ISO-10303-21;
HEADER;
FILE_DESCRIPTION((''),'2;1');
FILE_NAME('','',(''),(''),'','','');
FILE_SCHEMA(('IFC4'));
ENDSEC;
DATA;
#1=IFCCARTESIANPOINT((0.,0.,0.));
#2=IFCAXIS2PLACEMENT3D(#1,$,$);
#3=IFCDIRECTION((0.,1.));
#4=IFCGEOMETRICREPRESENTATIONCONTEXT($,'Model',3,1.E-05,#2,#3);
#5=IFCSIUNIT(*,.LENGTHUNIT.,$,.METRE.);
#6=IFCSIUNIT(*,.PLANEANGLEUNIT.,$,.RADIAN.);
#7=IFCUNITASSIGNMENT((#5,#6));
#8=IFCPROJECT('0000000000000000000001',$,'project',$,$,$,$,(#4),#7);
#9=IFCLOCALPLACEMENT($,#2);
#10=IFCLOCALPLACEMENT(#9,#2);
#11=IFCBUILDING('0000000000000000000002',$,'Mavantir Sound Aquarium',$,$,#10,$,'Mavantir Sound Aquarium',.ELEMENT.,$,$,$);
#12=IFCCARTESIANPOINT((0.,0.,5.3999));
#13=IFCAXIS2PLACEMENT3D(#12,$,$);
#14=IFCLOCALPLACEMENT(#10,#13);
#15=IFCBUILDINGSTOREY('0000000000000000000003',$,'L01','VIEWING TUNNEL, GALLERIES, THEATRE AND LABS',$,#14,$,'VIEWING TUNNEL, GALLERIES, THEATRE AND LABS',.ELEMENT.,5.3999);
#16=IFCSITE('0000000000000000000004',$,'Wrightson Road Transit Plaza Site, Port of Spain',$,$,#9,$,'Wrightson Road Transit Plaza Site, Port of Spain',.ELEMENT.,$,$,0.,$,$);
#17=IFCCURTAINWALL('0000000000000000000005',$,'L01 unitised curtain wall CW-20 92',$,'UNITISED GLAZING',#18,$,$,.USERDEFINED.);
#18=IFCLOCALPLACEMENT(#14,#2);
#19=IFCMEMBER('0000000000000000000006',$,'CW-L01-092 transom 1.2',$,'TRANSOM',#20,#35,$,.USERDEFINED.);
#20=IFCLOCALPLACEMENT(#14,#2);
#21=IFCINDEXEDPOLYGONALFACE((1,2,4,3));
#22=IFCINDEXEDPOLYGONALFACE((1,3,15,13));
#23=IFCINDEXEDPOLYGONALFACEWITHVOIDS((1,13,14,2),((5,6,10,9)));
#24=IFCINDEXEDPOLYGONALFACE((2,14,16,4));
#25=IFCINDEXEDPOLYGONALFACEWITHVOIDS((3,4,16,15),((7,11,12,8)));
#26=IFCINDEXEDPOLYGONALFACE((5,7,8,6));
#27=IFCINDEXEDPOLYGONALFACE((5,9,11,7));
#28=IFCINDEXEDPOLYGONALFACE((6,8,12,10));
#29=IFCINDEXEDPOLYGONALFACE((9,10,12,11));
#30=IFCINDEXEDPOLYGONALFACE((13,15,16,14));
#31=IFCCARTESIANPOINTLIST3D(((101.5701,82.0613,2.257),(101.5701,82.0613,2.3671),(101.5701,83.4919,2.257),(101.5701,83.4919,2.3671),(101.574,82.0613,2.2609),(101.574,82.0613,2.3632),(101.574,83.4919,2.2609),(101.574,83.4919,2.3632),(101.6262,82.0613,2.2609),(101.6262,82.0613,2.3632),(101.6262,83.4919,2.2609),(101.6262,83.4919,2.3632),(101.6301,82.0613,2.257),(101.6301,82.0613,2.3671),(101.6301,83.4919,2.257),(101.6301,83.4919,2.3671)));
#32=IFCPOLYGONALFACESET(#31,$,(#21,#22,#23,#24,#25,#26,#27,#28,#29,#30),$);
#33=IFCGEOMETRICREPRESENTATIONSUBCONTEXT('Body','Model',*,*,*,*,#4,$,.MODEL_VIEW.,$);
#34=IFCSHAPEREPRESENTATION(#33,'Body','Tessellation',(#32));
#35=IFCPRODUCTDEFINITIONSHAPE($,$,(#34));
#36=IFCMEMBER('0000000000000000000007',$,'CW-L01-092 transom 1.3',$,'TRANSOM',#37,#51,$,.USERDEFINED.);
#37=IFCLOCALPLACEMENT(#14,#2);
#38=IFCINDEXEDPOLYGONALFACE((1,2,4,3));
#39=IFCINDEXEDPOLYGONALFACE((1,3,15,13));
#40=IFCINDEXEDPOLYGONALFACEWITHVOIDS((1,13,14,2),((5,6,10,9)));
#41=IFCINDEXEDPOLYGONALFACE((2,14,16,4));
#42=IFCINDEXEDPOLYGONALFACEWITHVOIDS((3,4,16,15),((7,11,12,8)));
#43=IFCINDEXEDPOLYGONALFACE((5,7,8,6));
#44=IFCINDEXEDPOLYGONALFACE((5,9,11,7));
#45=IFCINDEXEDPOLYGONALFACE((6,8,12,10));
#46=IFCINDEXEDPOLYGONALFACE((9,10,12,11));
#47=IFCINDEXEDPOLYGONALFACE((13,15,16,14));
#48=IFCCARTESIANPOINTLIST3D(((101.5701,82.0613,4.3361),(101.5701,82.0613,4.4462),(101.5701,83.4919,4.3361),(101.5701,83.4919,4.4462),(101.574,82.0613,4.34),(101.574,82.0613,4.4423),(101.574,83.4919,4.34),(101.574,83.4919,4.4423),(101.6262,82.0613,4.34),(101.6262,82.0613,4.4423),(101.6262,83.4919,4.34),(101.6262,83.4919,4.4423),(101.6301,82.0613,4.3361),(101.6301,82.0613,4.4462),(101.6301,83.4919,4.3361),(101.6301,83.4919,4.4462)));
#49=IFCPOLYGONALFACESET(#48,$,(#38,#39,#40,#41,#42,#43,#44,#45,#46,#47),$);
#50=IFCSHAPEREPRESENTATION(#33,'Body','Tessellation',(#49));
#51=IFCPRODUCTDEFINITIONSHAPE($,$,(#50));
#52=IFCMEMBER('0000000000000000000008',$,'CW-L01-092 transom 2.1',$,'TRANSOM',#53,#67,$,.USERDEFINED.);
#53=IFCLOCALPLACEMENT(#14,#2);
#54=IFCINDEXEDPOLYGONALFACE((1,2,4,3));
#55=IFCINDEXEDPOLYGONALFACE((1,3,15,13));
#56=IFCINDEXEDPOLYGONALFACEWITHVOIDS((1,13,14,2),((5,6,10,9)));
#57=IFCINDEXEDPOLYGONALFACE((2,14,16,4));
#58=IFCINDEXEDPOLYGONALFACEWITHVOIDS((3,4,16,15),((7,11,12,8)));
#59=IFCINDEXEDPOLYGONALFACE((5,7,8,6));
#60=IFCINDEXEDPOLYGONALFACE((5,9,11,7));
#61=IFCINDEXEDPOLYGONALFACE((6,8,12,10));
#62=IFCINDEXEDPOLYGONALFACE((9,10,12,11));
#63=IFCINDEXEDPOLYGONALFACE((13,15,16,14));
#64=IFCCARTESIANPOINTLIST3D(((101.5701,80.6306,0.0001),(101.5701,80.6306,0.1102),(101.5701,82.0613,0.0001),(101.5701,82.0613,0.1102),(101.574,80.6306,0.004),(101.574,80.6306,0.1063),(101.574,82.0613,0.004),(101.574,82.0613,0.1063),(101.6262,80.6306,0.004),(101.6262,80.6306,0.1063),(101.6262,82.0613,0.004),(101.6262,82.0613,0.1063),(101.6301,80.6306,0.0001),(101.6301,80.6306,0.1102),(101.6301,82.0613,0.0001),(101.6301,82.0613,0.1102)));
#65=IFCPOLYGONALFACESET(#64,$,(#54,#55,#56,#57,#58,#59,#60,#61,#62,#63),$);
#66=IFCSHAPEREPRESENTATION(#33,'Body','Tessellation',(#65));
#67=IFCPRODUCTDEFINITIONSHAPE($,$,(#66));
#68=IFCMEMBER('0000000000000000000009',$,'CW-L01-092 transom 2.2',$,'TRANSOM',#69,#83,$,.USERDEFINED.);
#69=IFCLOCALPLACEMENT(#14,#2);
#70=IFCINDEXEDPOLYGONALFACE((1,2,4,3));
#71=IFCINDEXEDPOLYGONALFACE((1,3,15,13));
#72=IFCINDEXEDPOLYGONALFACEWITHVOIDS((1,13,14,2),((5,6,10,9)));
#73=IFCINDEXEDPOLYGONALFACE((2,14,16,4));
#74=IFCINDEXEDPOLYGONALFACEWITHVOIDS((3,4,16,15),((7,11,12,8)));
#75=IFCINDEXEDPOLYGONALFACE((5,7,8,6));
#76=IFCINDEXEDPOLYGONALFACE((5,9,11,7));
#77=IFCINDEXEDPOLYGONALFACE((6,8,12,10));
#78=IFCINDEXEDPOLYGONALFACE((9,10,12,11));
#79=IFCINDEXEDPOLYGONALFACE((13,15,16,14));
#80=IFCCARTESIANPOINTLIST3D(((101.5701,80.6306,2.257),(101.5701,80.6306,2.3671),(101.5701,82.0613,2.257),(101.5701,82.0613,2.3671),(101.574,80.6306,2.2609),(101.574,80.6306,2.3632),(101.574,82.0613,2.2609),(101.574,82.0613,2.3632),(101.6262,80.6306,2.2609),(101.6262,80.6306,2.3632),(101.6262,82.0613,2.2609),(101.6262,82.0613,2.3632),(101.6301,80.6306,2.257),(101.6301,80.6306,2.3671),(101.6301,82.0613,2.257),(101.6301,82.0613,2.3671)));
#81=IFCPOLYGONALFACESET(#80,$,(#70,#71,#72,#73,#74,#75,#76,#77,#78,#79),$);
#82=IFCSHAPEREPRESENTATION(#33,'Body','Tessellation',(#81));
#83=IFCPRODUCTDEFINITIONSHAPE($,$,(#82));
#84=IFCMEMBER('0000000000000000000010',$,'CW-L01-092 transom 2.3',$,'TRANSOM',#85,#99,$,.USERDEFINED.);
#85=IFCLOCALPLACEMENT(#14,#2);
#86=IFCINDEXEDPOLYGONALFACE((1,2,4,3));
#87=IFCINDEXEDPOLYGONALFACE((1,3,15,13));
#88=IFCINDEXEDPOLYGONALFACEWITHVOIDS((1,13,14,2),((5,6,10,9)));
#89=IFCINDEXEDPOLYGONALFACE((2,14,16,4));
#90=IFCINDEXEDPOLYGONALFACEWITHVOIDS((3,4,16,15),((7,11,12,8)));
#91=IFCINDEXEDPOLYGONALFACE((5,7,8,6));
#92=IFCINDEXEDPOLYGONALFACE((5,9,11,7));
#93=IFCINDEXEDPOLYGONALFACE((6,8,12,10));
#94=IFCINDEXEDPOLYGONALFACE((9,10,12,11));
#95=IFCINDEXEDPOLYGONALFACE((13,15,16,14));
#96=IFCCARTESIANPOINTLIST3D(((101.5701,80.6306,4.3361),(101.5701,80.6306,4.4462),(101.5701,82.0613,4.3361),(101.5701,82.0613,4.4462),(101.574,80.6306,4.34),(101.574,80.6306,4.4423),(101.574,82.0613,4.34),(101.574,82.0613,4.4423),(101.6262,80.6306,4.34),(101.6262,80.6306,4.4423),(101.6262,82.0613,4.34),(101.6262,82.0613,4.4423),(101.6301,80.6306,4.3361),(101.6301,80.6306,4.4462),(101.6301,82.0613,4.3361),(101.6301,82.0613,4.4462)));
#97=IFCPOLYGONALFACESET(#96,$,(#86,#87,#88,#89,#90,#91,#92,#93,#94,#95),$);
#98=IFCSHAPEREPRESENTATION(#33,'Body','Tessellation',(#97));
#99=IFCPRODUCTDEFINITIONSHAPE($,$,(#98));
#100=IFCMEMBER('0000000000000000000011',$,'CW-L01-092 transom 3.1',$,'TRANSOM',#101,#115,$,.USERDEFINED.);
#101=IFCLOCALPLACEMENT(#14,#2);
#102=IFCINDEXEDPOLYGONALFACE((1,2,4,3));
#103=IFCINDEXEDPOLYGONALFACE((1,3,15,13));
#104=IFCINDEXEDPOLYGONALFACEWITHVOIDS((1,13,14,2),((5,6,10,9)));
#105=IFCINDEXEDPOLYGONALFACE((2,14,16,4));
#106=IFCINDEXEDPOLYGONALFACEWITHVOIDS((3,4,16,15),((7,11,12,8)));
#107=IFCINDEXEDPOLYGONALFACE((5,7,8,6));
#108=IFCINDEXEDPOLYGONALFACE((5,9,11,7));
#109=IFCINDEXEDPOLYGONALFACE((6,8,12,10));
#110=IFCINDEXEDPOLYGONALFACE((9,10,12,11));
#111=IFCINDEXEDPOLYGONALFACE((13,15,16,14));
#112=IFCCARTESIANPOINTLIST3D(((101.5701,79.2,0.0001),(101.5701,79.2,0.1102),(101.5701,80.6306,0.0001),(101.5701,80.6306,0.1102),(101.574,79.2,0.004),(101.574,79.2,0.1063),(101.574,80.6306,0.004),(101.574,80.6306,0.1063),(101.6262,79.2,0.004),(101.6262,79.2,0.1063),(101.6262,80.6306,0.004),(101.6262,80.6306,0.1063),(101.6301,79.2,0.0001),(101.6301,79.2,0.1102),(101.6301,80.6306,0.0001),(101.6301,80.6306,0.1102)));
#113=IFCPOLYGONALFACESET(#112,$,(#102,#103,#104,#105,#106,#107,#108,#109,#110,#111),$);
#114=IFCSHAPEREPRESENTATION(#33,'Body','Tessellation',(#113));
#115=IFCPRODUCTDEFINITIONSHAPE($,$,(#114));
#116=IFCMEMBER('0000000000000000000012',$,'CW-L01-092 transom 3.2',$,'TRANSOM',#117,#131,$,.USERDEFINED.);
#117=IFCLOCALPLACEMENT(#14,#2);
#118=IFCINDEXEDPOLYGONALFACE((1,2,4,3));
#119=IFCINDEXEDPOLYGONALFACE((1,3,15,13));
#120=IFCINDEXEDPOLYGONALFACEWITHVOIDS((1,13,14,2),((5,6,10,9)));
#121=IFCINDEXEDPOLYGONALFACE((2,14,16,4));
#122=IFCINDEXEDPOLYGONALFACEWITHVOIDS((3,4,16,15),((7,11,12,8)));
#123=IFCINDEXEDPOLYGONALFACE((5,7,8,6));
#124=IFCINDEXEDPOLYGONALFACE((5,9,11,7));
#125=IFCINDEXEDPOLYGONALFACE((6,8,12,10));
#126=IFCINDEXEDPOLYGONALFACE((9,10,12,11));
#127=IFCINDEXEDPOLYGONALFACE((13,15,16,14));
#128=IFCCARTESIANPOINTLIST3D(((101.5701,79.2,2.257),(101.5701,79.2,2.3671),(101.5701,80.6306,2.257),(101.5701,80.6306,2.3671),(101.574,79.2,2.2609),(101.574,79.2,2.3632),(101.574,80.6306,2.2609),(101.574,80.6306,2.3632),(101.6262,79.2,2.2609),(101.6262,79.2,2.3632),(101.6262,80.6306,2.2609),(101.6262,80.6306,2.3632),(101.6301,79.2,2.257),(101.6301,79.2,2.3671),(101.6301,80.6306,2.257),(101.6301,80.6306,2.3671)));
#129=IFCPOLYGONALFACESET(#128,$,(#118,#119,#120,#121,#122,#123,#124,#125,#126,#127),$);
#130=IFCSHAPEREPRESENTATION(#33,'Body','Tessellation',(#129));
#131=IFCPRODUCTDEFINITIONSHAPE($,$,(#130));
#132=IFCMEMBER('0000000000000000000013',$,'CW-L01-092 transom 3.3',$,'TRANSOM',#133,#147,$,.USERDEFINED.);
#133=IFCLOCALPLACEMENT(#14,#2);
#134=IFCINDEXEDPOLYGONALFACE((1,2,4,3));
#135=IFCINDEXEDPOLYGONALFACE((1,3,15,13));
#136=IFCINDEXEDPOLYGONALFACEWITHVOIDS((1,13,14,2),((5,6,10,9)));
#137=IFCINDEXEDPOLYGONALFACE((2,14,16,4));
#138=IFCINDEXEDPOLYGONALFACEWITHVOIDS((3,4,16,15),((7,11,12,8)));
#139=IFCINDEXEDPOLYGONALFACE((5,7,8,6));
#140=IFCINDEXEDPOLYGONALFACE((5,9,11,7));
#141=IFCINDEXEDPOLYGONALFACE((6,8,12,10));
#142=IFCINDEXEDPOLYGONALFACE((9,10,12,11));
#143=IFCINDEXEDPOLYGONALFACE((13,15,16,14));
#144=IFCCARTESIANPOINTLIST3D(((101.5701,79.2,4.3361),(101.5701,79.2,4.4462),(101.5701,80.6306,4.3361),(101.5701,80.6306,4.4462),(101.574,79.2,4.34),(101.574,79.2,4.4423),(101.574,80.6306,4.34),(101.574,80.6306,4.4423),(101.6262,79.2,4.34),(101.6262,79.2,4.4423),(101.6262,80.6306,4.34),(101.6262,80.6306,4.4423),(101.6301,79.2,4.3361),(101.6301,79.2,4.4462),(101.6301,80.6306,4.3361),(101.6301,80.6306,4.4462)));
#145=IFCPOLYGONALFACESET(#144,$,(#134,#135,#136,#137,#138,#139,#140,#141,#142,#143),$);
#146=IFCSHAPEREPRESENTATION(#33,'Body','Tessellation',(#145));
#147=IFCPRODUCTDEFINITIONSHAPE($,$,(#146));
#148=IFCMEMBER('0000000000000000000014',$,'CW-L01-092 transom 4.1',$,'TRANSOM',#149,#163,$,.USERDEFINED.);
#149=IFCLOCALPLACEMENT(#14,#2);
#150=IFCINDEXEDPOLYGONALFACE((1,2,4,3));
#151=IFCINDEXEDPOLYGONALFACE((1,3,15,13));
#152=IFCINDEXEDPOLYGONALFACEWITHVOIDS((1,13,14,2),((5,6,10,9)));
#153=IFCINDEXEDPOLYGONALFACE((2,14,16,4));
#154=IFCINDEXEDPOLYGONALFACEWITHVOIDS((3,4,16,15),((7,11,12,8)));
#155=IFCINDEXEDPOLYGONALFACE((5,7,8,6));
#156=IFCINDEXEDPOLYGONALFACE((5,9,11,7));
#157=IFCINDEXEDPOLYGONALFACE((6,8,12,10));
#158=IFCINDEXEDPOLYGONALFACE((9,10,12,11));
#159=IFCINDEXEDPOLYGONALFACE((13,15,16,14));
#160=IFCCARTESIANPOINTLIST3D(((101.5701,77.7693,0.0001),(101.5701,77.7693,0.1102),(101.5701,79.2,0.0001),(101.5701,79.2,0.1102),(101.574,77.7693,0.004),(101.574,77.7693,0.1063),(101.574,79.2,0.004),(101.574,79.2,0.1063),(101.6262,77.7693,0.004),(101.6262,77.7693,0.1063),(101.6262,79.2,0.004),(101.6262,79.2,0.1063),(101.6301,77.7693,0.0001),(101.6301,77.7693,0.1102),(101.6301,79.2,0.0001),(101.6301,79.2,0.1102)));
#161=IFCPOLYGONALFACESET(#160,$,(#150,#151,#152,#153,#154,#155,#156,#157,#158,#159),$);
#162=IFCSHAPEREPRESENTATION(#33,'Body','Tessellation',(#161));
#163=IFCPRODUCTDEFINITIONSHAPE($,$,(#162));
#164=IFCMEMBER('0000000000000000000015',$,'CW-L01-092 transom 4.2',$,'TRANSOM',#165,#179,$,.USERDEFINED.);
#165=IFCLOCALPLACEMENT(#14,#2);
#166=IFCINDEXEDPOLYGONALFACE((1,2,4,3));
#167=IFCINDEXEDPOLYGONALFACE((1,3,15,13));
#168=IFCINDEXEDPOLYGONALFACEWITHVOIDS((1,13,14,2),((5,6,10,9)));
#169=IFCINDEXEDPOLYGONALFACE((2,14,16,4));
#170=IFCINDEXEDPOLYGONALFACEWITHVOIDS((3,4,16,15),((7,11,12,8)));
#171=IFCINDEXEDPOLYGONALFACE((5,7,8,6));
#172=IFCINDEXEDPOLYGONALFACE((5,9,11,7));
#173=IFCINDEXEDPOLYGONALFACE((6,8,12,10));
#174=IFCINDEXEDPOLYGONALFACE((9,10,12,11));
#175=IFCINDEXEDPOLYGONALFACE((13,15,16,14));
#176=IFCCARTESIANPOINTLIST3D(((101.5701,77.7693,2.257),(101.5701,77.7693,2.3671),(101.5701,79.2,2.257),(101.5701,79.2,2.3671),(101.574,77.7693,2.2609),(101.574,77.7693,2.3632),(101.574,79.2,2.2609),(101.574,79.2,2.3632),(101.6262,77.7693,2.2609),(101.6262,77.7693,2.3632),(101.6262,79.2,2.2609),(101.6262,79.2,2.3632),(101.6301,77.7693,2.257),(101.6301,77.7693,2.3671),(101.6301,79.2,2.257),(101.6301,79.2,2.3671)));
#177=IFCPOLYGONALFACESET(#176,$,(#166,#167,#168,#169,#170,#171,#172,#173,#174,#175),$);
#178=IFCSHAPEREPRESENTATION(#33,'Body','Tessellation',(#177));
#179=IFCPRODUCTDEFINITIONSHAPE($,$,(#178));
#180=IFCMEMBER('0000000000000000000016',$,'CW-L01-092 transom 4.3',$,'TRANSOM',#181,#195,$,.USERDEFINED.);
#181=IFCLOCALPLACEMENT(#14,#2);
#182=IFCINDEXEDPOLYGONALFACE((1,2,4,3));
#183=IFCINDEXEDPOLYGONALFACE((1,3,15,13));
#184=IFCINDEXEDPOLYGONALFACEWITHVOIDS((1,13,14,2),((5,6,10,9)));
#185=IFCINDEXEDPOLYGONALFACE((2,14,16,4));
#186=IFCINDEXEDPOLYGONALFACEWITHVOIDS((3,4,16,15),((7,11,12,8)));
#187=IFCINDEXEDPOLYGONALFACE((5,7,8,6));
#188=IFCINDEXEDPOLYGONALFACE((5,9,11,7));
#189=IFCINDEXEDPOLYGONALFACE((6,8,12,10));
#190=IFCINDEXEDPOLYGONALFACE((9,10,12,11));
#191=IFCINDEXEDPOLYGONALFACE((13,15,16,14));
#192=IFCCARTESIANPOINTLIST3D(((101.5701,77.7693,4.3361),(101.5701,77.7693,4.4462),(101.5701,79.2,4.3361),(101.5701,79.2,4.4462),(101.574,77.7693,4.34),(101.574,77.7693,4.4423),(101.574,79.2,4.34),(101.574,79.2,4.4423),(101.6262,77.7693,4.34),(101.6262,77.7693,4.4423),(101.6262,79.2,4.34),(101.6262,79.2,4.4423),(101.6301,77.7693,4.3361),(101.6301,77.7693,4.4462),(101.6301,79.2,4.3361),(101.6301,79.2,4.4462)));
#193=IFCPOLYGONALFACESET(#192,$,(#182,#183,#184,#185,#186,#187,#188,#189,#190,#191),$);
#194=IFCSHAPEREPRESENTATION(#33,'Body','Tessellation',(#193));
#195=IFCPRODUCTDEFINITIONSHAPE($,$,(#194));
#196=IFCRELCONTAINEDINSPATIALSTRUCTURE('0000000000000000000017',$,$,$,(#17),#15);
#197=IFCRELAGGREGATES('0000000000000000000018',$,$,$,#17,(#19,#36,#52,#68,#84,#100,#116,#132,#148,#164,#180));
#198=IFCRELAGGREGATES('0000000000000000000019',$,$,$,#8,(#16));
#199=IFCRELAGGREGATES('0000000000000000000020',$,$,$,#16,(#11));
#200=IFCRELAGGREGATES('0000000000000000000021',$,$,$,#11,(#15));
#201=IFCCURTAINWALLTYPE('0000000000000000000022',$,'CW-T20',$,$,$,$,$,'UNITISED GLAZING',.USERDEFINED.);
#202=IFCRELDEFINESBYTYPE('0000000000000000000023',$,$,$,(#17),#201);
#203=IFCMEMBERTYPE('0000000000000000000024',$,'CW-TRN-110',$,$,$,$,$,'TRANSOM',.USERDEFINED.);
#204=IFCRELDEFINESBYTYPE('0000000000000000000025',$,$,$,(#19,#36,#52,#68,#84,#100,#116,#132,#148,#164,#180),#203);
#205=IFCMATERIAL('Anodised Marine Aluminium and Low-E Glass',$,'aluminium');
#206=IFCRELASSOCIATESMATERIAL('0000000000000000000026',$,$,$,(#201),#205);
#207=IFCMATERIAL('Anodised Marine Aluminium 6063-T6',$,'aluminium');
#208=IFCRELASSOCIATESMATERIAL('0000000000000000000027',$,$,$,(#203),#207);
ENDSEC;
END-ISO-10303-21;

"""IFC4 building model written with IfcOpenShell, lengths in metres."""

from ifc_helpers import new_model, si_unit, direction, frame, origin, origin_2d, place, context, subcontext, project, spatial, hollow_rectangle, extrude, material, material_profile, profile_set, type_object, element, aggregate, save


model = new_model("IFC4")

# Units and contexts
model_context = context("Model", 3, precision=1e-05, world=origin(), true_north=direction((0.0, 1.0)))
body_context = subcontext(model_context, "Body", "Model", "MODEL_VIEW")
ifc_project = project(units=[si_unit("LENGTHUNIT", "METRE"), si_unit("PLANEANGLEUNIT", "RADIAN")], contexts=[model_context])

# Site, building, storey
site_placement = place(None, origin())
site = spatial("IfcSite", under=ifc_project, at=site_placement, Name="Wrightson Road Transit Plaza Site, Port of Spain", LongName="Wrightson Road Transit Plaza Site, Port of Spain", CompositionType="ELEMENT", RefElevation=0.0)
building_placement = place(site_placement, origin())
building = spatial("IfcBuilding", under=site, at=building_placement, Name="Mavantir Sound Aquarium", LongName="Mavantir Sound Aquarium", CompositionType="ELEMENT")
storey_placement = place(building_placement, frame((0.0, 0.0, 5.3999)))
storey = spatial("IfcBuildingStorey", under=building, at=storey_placement, Name="L01", Description="VIEWING TUNNEL, GALLERIES, THEATRE AND LABS", LongName="VIEWING TUNNEL, GALLERIES, THEATRE AND LABS", CompositionType="ELEMENT", Elevation=5.3999)

# Curtain wall, members
ifc_material_1 = material(Name="Anodised Marine Aluminium and Low-E Glass", Category="aluminium")
curtain_wall_type = type_object("IfcCurtainWallType", Name="CW-T20", ElementType="UNITISED GLAZING", PredefinedType="USERDEFINED", material=ifc_material_1)
curtain_wall_placement = place(storey_placement, origin())
curtain_wall = element("IfcCurtainWall", 1, at=curtain_wall_placement, inside=storey, type_object=curtain_wall_type, Name="L01 unitised curtain wall CW-20 92", ObjectType="UNITISED GLAZING", PredefinedType="USERDEFINED")
ifc_material_2 = material(Name="Anodised Marine Aluminium 6063-T6", Category="aluminium")
ifc_material_profile_1 = material_profile(ifc_material_2, hollow_rectangle(XDim=0.0601, YDim=0.1101, WallThickness=0.0039, at=origin_2d()), Name="ALU-TRANSOM-110X60")
ifc_profile_set_1 = profile_set([ifc_material_profile_1], Name="Anodised Marine Aluminium 6063-T6")
member_type_1 = type_object("IfcMemberType", Name="CW-TRN-110", ElementType="TRANSOM", PredefinedType="USERDEFINED", material=ifc_profile_set_1)
member_1_placement = place(storey_placement, frame((101.6001, 83.4919, 2.312), z_axis=(0.0, -1.0, 0.0), x_axis=(1.0, 0.0, 0.0)))
member_1 = element("IfcMember", 2, at=member_1_placement, type_object=member_type_1, Name="CW-L01-092 transom 1.2", ObjectType="TRANSOM", PredefinedType="USERDEFINED", context=body_context, shape_type="SweptSolid", body=[
    extrude(hollow_rectangle(XDim=0.0601, YDim=0.1101, WallThickness=0.0039, at=origin_2d()), origin(), (0.0, 0.0, 1.0), 1.4307),
])
member_2_placement = place(storey_placement, frame((101.6001, 83.4919, 4.3911), z_axis=(0.0, -1.0, 0.0), x_axis=(1.0, 0.0, 0.0)))
member_2 = element("IfcMember", 3, at=member_2_placement, type_object=member_type_1, Name="CW-L01-092 transom 1.3", ObjectType="TRANSOM", PredefinedType="USERDEFINED", context=body_context, shape_type="SweptSolid", body=[
    extrude(hollow_rectangle(XDim=0.0601, YDim=0.1101, WallThickness=0.0039, at=origin_2d()), origin(), (0.0, 0.0, 1.0), 1.4307),
])
member_3_placement = place(storey_placement, frame((101.6001, 82.0613, 0.0552), z_axis=(0.0, -1.0, 0.0), x_axis=(1.0, 0.0, 0.0)))
member_3 = element("IfcMember", 4, at=member_3_placement, type_object=member_type_1, Name="CW-L01-092 transom 2.1", ObjectType="TRANSOM", PredefinedType="USERDEFINED", context=body_context, shape_type="SweptSolid", body=[
    extrude(hollow_rectangle(XDim=0.0601, YDim=0.1101, WallThickness=0.0039, at=origin_2d()), origin(), (0.0, 0.0, 1.0), 1.4307),
])
member_4_placement = place(storey_placement, frame((101.6001, 82.0613, 2.312), z_axis=(0.0, -1.0, 0.0), x_axis=(1.0, 0.0, 0.0)))
member_4 = element("IfcMember", 5, at=member_4_placement, type_object=member_type_1, Name="CW-L01-092 transom 2.2", ObjectType="TRANSOM", PredefinedType="USERDEFINED", context=body_context, shape_type="SweptSolid", body=[
    extrude(hollow_rectangle(XDim=0.0601, YDim=0.1101, WallThickness=0.0039, at=origin_2d()), origin(), (0.0, 0.0, 1.0), 1.4307),
])
member_5_placement = place(storey_placement, frame((101.6001, 82.0613, 4.3911), z_axis=(0.0, -1.0, 0.0), x_axis=(1.0, 0.0, 0.0)))
member_5 = element("IfcMember", 6, at=member_5_placement, type_object=member_type_1, Name="CW-L01-092 transom 2.3", ObjectType="TRANSOM", PredefinedType="USERDEFINED", context=body_context, shape_type="SweptSolid", body=[
    extrude(hollow_rectangle(XDim=0.0601, YDim=0.1101, WallThickness=0.0039, at=origin_2d()), origin(), (0.0, 0.0, 1.0), 1.4307),
])
member_6_placement = place(storey_placement, frame((101.6001, 80.6306, 0.0552), z_axis=(0.0, -1.0, 0.0), x_axis=(1.0, 0.0, 0.0)))
member_6 = element("IfcMember", 7, at=member_6_placement, type_object=member_type_1, Name="CW-L01-092 transom 3.1", ObjectType="TRANSOM", PredefinedType="USERDEFINED", context=body_context, shape_type="SweptSolid", body=[
    extrude(hollow_rectangle(XDim=0.0601, YDim=0.1101, WallThickness=0.0039, at=origin_2d()), origin(), (0.0, 0.0, 1.0), 1.4307),
])
member_7_placement = place(storey_placement, frame((101.6001, 80.6306, 2.312), z_axis=(0.0, -1.0, 0.0), x_axis=(1.0, 0.0, 0.0)))
member_7 = element("IfcMember", 8, at=member_7_placement, type_object=member_type_1, Name="CW-L01-092 transom 3.2", ObjectType="TRANSOM", PredefinedType="USERDEFINED", context=body_context, shape_type="SweptSolid", body=[
    extrude(hollow_rectangle(XDim=0.0601, YDim=0.1101, WallThickness=0.0039, at=origin_2d()), origin(), (0.0, 0.0, 1.0), 1.4307),
])
member_8_placement = place(storey_placement, frame((101.6001, 80.6306, 4.3911), z_axis=(0.0, -1.0, 0.0), x_axis=(1.0, 0.0, 0.0)))
member_8 = element("IfcMember", 9, at=member_8_placement, type_object=member_type_1, Name="CW-L01-092 transom 3.3", ObjectType="TRANSOM", PredefinedType="USERDEFINED", context=body_context, shape_type="SweptSolid", body=[
    extrude(hollow_rectangle(XDim=0.0601, YDim=0.1101, WallThickness=0.0039, at=origin_2d()), origin(), (0.0, 0.0, 1.0), 1.4307),
])
member_9_placement = place(storey_placement, frame((101.6001, 79.2, 0.0552), z_axis=(0.0, -1.0, 0.0), x_axis=(1.0, 0.0, 0.0)))
member_9 = element("IfcMember", 10, at=member_9_placement, type_object=member_type_1, Name="CW-L01-092 transom 4.1", ObjectType="TRANSOM", PredefinedType="USERDEFINED", context=body_context, shape_type="SweptSolid", body=[
    extrude(hollow_rectangle(XDim=0.0601, YDim=0.1101, WallThickness=0.0039, at=origin_2d()), origin(), (0.0, 0.0, 1.0), 1.4307),
])
member_10_placement = place(storey_placement, frame((101.6001, 79.2, 2.312), z_axis=(0.0, -1.0, 0.0), x_axis=(1.0, 0.0, 0.0)))
member_10 = element("IfcMember", 11, at=member_10_placement, type_object=member_type_1, Name="CW-L01-092 transom 4.2", ObjectType="TRANSOM", PredefinedType="USERDEFINED", context=body_context, shape_type="SweptSolid", body=[
    extrude(hollow_rectangle(XDim=0.0601, YDim=0.1101, WallThickness=0.0039, at=origin_2d()), origin(), (0.0, 0.0, 1.0), 1.4307),
])
member_11_placement = place(storey_placement, frame((101.6001, 79.2, 4.3911), z_axis=(0.0, -1.0, 0.0), x_axis=(1.0, 0.0, 0.0)))
member_11 = element("IfcMember", 12, at=member_11_placement, type_object=member_type_1, Name="CW-L01-092 transom 4.3", ObjectType="TRANSOM", PredefinedType="USERDEFINED", context=body_context, shape_type="SweptSolid", body=[
    extrude(hollow_rectangle(XDim=0.0601, YDim=0.1101, WallThickness=0.0039, at=origin_2d()), origin(), (0.0, 0.0, 1.0), 1.4307),
])
aggregate(curtain_wall, [member_1, member_2, member_3, member_4, member_5, member_6, member_7, member_8, member_9, member_10, member_11])

save(model, "model.ifc")
